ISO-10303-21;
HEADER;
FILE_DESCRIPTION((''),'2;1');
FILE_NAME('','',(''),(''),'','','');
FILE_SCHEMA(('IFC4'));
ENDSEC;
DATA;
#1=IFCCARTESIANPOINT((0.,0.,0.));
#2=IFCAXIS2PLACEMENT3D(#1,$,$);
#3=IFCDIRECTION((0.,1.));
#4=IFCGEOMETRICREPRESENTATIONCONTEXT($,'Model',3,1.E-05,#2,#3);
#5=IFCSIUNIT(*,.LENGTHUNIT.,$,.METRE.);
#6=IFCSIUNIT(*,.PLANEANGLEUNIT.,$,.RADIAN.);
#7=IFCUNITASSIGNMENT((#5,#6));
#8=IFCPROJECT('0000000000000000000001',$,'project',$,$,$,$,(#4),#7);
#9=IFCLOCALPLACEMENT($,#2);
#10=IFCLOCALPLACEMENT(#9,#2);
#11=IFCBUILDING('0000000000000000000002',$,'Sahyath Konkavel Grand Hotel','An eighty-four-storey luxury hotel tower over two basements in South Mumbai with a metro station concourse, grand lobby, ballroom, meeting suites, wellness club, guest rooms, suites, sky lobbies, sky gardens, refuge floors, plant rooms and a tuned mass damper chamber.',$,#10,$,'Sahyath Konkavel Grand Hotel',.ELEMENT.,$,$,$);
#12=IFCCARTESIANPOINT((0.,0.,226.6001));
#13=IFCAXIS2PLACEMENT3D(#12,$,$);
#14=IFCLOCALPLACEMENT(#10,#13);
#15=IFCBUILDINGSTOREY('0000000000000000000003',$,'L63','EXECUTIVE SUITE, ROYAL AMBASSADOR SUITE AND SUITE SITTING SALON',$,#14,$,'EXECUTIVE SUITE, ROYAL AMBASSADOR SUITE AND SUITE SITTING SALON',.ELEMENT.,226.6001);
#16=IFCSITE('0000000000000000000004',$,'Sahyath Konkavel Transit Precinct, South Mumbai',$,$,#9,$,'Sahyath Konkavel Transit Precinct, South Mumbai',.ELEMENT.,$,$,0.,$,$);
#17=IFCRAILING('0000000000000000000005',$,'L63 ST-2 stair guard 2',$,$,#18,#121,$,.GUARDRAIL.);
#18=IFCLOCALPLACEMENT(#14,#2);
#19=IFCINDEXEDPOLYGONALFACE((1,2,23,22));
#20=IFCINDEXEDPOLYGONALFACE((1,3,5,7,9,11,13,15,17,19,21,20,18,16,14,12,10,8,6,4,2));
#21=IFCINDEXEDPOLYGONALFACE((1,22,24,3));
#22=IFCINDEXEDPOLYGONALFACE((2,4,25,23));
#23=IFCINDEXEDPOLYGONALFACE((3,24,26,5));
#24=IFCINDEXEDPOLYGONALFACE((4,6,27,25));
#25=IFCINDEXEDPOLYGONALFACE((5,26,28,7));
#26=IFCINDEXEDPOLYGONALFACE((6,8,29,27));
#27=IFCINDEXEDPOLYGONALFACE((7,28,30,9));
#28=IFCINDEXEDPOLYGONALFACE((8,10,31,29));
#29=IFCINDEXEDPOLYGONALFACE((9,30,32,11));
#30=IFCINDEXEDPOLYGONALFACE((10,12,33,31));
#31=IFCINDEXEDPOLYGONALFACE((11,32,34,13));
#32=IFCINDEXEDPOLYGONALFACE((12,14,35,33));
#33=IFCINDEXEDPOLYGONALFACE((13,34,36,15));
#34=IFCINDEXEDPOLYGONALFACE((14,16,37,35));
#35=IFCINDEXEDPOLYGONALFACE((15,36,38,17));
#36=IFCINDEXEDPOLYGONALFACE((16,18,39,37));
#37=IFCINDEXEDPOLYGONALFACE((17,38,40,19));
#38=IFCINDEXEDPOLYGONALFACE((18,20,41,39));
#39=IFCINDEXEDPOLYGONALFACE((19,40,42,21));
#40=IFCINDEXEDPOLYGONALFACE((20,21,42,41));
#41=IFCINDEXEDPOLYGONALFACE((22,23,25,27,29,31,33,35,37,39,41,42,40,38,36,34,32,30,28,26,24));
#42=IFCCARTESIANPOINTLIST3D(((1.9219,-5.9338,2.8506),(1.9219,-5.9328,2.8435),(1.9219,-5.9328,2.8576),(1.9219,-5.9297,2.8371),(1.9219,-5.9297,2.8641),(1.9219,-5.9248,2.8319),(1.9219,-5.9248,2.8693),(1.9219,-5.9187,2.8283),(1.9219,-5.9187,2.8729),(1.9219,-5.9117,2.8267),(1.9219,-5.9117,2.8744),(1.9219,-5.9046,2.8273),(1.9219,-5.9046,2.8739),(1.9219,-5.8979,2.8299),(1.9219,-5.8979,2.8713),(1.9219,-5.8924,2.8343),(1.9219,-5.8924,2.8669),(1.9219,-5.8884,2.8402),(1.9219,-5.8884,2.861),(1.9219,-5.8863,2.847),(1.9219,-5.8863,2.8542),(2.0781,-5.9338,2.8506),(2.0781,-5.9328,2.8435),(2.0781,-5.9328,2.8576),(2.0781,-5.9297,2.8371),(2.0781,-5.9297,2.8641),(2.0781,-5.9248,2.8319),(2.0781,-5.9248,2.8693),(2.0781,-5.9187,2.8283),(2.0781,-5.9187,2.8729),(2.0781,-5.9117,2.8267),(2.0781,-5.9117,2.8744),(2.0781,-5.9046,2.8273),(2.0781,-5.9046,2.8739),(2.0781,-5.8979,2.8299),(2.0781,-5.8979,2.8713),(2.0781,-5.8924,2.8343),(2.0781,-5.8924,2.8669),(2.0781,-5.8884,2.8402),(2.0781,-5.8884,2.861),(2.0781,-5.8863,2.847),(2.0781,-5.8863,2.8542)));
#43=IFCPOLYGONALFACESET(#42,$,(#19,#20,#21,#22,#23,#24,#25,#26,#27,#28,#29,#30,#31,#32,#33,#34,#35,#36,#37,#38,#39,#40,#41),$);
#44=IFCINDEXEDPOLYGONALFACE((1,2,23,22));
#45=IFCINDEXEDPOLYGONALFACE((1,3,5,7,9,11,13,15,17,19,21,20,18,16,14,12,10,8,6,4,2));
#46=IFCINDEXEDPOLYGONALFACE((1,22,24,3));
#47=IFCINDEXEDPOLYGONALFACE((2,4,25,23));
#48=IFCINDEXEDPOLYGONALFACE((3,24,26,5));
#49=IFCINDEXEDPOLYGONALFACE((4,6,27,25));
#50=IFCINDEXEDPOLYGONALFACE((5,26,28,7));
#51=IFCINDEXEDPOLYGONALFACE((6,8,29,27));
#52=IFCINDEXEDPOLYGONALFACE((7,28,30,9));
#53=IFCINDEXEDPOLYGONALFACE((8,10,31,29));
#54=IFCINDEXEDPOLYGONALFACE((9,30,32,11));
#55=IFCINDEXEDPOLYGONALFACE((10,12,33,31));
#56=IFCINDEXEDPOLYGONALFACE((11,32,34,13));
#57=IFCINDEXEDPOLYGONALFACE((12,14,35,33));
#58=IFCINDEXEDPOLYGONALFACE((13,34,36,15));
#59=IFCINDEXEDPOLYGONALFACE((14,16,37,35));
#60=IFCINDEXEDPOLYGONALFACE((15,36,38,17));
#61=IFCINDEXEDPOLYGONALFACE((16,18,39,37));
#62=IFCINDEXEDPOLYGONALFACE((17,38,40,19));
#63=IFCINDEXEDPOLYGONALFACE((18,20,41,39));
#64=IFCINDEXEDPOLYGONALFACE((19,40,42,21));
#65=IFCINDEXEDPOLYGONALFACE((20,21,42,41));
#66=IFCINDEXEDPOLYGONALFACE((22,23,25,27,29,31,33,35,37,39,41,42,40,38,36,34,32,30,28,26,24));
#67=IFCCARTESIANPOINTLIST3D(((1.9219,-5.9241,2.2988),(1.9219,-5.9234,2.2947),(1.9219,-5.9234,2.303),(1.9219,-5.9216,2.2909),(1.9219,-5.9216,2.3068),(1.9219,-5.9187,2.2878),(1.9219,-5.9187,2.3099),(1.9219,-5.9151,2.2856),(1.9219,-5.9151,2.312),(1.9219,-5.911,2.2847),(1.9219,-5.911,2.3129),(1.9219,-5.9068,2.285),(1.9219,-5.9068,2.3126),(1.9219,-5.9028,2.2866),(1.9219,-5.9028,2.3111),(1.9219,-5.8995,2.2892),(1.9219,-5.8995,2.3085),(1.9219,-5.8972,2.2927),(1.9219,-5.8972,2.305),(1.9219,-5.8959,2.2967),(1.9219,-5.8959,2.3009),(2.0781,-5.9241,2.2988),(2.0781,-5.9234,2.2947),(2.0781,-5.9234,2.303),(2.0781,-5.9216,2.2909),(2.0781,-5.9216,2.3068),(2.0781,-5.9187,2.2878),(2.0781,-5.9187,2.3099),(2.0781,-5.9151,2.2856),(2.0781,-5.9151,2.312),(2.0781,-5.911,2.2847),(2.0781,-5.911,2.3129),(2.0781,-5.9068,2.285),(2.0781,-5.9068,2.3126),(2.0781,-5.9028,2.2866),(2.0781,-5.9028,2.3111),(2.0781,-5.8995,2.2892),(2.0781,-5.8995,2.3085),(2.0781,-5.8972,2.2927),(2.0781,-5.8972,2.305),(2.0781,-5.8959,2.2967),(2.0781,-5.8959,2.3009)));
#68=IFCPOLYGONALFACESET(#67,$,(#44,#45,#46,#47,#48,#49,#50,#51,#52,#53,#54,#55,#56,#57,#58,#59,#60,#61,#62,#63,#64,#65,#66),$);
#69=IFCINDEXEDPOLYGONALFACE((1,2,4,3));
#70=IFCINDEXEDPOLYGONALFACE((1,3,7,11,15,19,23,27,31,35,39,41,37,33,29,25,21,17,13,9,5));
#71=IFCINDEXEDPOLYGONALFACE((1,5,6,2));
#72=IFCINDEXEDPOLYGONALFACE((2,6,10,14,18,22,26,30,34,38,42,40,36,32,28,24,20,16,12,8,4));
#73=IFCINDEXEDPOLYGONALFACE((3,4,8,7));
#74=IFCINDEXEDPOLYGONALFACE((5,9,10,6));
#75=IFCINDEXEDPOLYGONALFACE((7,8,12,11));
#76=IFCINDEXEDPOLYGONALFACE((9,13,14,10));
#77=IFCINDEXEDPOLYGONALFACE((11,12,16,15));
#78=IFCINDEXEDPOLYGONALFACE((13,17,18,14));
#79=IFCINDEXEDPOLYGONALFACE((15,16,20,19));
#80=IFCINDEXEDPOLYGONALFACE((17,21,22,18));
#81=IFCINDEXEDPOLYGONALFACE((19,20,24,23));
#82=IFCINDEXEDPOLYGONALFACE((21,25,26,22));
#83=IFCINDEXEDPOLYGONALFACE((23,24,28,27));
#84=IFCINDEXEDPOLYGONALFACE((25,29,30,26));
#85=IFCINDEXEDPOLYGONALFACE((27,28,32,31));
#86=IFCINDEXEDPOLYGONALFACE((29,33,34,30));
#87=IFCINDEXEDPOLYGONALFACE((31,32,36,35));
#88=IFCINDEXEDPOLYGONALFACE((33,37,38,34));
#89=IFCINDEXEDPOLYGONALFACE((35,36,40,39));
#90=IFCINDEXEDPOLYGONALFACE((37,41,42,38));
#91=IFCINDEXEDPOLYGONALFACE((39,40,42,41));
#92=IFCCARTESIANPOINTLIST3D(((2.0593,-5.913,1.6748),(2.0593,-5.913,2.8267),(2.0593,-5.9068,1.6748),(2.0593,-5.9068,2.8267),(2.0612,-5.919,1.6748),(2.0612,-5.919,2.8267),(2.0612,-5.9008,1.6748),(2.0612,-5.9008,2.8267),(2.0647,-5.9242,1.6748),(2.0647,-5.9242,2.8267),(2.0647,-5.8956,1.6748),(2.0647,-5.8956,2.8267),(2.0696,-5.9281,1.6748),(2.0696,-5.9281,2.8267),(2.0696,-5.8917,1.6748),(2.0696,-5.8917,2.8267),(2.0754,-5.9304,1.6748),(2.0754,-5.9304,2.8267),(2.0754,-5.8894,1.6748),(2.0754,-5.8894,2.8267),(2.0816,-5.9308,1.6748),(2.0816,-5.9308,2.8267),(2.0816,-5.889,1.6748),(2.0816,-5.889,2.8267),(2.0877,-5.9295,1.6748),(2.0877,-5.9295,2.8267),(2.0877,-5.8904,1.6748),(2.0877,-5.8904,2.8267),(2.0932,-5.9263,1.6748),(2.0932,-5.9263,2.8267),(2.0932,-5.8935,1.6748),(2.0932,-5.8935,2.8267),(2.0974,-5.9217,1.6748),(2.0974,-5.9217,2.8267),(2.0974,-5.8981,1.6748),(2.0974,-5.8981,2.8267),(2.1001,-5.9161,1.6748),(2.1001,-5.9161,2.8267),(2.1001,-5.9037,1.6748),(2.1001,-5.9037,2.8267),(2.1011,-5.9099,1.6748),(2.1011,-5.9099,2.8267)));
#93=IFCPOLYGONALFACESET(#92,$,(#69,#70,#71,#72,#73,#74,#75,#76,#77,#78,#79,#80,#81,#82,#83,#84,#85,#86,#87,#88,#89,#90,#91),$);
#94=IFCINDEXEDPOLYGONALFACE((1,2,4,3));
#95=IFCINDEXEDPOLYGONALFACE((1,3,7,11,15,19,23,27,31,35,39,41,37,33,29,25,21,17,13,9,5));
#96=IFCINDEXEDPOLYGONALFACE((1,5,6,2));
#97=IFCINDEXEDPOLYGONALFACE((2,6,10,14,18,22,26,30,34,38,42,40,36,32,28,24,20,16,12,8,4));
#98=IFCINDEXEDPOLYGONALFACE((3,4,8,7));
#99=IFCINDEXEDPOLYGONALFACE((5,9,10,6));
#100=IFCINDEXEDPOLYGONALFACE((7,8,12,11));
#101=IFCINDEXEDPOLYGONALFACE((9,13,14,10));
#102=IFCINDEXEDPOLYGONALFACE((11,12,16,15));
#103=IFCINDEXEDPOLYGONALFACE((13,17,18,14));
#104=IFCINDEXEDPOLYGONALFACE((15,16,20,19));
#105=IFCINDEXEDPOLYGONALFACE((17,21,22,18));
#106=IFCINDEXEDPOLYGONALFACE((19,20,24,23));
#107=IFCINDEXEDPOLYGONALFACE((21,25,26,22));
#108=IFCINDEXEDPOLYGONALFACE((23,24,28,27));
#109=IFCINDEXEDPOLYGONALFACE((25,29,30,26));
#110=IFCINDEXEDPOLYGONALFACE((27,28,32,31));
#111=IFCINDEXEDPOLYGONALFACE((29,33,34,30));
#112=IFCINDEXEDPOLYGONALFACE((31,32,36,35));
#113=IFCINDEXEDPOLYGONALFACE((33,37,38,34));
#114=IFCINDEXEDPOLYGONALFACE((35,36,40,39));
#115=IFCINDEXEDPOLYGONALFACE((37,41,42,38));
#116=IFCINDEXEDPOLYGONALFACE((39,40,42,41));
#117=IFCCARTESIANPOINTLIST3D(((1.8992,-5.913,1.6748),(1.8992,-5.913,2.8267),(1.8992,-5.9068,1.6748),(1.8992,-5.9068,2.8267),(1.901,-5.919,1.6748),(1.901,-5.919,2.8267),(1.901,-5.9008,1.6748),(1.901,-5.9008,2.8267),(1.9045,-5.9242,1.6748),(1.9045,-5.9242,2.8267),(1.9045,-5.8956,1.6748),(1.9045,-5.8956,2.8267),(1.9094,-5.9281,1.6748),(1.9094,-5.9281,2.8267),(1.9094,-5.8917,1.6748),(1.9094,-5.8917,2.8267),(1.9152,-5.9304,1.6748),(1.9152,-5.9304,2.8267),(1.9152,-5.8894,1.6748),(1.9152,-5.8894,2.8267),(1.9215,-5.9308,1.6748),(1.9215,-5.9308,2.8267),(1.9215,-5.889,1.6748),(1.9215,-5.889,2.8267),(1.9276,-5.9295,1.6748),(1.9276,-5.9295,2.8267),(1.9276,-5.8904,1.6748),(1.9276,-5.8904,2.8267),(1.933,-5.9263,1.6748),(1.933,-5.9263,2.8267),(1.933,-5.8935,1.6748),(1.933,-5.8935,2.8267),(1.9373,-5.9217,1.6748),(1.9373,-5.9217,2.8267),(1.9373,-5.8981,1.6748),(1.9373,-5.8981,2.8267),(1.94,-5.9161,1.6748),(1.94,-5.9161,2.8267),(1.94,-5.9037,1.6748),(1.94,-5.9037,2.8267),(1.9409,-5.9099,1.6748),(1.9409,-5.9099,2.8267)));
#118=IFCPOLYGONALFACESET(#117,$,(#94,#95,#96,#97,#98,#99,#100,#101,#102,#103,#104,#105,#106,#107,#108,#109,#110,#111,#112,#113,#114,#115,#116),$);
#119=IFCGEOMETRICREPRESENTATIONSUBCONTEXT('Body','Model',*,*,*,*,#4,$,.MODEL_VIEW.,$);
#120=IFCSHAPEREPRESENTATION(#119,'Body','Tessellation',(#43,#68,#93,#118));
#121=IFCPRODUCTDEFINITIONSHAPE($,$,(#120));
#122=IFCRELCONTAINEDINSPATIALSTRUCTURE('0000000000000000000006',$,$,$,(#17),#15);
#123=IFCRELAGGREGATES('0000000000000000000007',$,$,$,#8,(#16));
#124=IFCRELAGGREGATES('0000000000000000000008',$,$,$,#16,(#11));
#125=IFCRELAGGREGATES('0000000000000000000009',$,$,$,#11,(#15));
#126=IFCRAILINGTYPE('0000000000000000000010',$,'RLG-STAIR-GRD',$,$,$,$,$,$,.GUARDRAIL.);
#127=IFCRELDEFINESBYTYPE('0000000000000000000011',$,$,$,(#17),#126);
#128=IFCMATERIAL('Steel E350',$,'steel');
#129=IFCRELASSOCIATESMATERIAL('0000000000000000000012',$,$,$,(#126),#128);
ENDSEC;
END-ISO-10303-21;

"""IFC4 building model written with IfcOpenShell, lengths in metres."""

from ifc_helpers import new_model, si_unit, direction, frame, origin, origin_2d, place, context, subcontext, project, spatial, circle, extrude, material, type_object, element, save


model = new_model("IFC4")

# Units and contexts
model_context = context("Model", 3, precision=1e-05, world=origin(), true_north=direction((0.0, 1.0)))
body_context = subcontext(model_context, "Body", "Model", "MODEL_VIEW")
ifc_project = project(units=[si_unit("LENGTHUNIT", "METRE"), si_unit("PLANEANGLEUNIT", "RADIAN")], contexts=[model_context])

# Site, building, storey
site_placement = place(None, origin())
site = spatial("IfcSite", under=ifc_project, at=site_placement, Name="Sahyath Konkavel Transit Precinct, South Mumbai", LongName="Sahyath Konkavel Transit Precinct, South Mumbai", CompositionType="ELEMENT", RefElevation=0.0)
building_placement = place(site_placement, origin())
building = spatial("IfcBuilding", under=site, at=building_placement, Name="Sahyath Konkavel Grand Hotel", Description="An eighty-four-storey luxury hotel tower over two basements in South Mumbai with a metro station concourse, grand lobby, ballroom, meeting suites, wellness club, guest rooms, suites, sky lobbies, sky gardens, refuge floors, plant rooms and a tuned mass damper chamber.", LongName="Sahyath Konkavel Grand Hotel", CompositionType="ELEMENT")
storey_placement = place(building_placement, frame((0.0, 0.0, 226.6001)))
storey = spatial("IfcBuildingStorey", under=building, at=storey_placement, Name="L63", Description="EXECUTIVE SUITE, ROYAL AMBASSADOR SUITE AND SUITE SITTING SALON", LongName="EXECUTIVE SUITE, ROYAL AMBASSADOR SUITE AND SUITE SITTING SALON", CompositionType="ELEMENT", Elevation=226.6001)

# Shared definitions
ifc_material_1 = material(Name="Steel E350", Category="steel")

# Railing
railing_type_1 = type_object("IfcRailingType", Name="RLG-STAIR-GRD", PredefinedType="GUARDRAIL", material=ifc_material_1)
railing_1_placement = place(storey_placement, frame((2.0801, -5.9099, 1.6748)))
element("IfcRailing", 1, at=railing_1_placement, inside=storey, type_object=railing_type_1, Name="L63 ST-2 stair guard 2", PredefinedType="GUARDRAIL", context=body_context, shape_type="SweptSolid", body=[
    extrude(circle(Radius=0.0239, at=origin_2d()), frame((-0.002, 0.0, 1.1758), z_axis=(-1.0, 0.0, 0.0), x_axis=(0.0, -1.0, 0.0)), (0.0, 0.0, 1.0), 0.1562),
    extrude(circle(Radius=0.0142, at=origin_2d()), frame((-0.002, 0.0, 0.624), z_axis=(-1.0, 0.0, 0.0), x_axis=(0.0, -1.0, 0.0)), (0.0, 0.0, 1.0), 0.1562),
    extrude(circle(Radius=0.021, at=origin_2d()), origin(), (0.0, 0.0, 1.0), 1.1519),
    extrude(circle(Radius=0.021, at=origin_2d()), frame((-0.1602, 0.0, 0.0)), (0.0, 0.0, 1.0), 1.1519),
])

save(model, "model.ifc")
